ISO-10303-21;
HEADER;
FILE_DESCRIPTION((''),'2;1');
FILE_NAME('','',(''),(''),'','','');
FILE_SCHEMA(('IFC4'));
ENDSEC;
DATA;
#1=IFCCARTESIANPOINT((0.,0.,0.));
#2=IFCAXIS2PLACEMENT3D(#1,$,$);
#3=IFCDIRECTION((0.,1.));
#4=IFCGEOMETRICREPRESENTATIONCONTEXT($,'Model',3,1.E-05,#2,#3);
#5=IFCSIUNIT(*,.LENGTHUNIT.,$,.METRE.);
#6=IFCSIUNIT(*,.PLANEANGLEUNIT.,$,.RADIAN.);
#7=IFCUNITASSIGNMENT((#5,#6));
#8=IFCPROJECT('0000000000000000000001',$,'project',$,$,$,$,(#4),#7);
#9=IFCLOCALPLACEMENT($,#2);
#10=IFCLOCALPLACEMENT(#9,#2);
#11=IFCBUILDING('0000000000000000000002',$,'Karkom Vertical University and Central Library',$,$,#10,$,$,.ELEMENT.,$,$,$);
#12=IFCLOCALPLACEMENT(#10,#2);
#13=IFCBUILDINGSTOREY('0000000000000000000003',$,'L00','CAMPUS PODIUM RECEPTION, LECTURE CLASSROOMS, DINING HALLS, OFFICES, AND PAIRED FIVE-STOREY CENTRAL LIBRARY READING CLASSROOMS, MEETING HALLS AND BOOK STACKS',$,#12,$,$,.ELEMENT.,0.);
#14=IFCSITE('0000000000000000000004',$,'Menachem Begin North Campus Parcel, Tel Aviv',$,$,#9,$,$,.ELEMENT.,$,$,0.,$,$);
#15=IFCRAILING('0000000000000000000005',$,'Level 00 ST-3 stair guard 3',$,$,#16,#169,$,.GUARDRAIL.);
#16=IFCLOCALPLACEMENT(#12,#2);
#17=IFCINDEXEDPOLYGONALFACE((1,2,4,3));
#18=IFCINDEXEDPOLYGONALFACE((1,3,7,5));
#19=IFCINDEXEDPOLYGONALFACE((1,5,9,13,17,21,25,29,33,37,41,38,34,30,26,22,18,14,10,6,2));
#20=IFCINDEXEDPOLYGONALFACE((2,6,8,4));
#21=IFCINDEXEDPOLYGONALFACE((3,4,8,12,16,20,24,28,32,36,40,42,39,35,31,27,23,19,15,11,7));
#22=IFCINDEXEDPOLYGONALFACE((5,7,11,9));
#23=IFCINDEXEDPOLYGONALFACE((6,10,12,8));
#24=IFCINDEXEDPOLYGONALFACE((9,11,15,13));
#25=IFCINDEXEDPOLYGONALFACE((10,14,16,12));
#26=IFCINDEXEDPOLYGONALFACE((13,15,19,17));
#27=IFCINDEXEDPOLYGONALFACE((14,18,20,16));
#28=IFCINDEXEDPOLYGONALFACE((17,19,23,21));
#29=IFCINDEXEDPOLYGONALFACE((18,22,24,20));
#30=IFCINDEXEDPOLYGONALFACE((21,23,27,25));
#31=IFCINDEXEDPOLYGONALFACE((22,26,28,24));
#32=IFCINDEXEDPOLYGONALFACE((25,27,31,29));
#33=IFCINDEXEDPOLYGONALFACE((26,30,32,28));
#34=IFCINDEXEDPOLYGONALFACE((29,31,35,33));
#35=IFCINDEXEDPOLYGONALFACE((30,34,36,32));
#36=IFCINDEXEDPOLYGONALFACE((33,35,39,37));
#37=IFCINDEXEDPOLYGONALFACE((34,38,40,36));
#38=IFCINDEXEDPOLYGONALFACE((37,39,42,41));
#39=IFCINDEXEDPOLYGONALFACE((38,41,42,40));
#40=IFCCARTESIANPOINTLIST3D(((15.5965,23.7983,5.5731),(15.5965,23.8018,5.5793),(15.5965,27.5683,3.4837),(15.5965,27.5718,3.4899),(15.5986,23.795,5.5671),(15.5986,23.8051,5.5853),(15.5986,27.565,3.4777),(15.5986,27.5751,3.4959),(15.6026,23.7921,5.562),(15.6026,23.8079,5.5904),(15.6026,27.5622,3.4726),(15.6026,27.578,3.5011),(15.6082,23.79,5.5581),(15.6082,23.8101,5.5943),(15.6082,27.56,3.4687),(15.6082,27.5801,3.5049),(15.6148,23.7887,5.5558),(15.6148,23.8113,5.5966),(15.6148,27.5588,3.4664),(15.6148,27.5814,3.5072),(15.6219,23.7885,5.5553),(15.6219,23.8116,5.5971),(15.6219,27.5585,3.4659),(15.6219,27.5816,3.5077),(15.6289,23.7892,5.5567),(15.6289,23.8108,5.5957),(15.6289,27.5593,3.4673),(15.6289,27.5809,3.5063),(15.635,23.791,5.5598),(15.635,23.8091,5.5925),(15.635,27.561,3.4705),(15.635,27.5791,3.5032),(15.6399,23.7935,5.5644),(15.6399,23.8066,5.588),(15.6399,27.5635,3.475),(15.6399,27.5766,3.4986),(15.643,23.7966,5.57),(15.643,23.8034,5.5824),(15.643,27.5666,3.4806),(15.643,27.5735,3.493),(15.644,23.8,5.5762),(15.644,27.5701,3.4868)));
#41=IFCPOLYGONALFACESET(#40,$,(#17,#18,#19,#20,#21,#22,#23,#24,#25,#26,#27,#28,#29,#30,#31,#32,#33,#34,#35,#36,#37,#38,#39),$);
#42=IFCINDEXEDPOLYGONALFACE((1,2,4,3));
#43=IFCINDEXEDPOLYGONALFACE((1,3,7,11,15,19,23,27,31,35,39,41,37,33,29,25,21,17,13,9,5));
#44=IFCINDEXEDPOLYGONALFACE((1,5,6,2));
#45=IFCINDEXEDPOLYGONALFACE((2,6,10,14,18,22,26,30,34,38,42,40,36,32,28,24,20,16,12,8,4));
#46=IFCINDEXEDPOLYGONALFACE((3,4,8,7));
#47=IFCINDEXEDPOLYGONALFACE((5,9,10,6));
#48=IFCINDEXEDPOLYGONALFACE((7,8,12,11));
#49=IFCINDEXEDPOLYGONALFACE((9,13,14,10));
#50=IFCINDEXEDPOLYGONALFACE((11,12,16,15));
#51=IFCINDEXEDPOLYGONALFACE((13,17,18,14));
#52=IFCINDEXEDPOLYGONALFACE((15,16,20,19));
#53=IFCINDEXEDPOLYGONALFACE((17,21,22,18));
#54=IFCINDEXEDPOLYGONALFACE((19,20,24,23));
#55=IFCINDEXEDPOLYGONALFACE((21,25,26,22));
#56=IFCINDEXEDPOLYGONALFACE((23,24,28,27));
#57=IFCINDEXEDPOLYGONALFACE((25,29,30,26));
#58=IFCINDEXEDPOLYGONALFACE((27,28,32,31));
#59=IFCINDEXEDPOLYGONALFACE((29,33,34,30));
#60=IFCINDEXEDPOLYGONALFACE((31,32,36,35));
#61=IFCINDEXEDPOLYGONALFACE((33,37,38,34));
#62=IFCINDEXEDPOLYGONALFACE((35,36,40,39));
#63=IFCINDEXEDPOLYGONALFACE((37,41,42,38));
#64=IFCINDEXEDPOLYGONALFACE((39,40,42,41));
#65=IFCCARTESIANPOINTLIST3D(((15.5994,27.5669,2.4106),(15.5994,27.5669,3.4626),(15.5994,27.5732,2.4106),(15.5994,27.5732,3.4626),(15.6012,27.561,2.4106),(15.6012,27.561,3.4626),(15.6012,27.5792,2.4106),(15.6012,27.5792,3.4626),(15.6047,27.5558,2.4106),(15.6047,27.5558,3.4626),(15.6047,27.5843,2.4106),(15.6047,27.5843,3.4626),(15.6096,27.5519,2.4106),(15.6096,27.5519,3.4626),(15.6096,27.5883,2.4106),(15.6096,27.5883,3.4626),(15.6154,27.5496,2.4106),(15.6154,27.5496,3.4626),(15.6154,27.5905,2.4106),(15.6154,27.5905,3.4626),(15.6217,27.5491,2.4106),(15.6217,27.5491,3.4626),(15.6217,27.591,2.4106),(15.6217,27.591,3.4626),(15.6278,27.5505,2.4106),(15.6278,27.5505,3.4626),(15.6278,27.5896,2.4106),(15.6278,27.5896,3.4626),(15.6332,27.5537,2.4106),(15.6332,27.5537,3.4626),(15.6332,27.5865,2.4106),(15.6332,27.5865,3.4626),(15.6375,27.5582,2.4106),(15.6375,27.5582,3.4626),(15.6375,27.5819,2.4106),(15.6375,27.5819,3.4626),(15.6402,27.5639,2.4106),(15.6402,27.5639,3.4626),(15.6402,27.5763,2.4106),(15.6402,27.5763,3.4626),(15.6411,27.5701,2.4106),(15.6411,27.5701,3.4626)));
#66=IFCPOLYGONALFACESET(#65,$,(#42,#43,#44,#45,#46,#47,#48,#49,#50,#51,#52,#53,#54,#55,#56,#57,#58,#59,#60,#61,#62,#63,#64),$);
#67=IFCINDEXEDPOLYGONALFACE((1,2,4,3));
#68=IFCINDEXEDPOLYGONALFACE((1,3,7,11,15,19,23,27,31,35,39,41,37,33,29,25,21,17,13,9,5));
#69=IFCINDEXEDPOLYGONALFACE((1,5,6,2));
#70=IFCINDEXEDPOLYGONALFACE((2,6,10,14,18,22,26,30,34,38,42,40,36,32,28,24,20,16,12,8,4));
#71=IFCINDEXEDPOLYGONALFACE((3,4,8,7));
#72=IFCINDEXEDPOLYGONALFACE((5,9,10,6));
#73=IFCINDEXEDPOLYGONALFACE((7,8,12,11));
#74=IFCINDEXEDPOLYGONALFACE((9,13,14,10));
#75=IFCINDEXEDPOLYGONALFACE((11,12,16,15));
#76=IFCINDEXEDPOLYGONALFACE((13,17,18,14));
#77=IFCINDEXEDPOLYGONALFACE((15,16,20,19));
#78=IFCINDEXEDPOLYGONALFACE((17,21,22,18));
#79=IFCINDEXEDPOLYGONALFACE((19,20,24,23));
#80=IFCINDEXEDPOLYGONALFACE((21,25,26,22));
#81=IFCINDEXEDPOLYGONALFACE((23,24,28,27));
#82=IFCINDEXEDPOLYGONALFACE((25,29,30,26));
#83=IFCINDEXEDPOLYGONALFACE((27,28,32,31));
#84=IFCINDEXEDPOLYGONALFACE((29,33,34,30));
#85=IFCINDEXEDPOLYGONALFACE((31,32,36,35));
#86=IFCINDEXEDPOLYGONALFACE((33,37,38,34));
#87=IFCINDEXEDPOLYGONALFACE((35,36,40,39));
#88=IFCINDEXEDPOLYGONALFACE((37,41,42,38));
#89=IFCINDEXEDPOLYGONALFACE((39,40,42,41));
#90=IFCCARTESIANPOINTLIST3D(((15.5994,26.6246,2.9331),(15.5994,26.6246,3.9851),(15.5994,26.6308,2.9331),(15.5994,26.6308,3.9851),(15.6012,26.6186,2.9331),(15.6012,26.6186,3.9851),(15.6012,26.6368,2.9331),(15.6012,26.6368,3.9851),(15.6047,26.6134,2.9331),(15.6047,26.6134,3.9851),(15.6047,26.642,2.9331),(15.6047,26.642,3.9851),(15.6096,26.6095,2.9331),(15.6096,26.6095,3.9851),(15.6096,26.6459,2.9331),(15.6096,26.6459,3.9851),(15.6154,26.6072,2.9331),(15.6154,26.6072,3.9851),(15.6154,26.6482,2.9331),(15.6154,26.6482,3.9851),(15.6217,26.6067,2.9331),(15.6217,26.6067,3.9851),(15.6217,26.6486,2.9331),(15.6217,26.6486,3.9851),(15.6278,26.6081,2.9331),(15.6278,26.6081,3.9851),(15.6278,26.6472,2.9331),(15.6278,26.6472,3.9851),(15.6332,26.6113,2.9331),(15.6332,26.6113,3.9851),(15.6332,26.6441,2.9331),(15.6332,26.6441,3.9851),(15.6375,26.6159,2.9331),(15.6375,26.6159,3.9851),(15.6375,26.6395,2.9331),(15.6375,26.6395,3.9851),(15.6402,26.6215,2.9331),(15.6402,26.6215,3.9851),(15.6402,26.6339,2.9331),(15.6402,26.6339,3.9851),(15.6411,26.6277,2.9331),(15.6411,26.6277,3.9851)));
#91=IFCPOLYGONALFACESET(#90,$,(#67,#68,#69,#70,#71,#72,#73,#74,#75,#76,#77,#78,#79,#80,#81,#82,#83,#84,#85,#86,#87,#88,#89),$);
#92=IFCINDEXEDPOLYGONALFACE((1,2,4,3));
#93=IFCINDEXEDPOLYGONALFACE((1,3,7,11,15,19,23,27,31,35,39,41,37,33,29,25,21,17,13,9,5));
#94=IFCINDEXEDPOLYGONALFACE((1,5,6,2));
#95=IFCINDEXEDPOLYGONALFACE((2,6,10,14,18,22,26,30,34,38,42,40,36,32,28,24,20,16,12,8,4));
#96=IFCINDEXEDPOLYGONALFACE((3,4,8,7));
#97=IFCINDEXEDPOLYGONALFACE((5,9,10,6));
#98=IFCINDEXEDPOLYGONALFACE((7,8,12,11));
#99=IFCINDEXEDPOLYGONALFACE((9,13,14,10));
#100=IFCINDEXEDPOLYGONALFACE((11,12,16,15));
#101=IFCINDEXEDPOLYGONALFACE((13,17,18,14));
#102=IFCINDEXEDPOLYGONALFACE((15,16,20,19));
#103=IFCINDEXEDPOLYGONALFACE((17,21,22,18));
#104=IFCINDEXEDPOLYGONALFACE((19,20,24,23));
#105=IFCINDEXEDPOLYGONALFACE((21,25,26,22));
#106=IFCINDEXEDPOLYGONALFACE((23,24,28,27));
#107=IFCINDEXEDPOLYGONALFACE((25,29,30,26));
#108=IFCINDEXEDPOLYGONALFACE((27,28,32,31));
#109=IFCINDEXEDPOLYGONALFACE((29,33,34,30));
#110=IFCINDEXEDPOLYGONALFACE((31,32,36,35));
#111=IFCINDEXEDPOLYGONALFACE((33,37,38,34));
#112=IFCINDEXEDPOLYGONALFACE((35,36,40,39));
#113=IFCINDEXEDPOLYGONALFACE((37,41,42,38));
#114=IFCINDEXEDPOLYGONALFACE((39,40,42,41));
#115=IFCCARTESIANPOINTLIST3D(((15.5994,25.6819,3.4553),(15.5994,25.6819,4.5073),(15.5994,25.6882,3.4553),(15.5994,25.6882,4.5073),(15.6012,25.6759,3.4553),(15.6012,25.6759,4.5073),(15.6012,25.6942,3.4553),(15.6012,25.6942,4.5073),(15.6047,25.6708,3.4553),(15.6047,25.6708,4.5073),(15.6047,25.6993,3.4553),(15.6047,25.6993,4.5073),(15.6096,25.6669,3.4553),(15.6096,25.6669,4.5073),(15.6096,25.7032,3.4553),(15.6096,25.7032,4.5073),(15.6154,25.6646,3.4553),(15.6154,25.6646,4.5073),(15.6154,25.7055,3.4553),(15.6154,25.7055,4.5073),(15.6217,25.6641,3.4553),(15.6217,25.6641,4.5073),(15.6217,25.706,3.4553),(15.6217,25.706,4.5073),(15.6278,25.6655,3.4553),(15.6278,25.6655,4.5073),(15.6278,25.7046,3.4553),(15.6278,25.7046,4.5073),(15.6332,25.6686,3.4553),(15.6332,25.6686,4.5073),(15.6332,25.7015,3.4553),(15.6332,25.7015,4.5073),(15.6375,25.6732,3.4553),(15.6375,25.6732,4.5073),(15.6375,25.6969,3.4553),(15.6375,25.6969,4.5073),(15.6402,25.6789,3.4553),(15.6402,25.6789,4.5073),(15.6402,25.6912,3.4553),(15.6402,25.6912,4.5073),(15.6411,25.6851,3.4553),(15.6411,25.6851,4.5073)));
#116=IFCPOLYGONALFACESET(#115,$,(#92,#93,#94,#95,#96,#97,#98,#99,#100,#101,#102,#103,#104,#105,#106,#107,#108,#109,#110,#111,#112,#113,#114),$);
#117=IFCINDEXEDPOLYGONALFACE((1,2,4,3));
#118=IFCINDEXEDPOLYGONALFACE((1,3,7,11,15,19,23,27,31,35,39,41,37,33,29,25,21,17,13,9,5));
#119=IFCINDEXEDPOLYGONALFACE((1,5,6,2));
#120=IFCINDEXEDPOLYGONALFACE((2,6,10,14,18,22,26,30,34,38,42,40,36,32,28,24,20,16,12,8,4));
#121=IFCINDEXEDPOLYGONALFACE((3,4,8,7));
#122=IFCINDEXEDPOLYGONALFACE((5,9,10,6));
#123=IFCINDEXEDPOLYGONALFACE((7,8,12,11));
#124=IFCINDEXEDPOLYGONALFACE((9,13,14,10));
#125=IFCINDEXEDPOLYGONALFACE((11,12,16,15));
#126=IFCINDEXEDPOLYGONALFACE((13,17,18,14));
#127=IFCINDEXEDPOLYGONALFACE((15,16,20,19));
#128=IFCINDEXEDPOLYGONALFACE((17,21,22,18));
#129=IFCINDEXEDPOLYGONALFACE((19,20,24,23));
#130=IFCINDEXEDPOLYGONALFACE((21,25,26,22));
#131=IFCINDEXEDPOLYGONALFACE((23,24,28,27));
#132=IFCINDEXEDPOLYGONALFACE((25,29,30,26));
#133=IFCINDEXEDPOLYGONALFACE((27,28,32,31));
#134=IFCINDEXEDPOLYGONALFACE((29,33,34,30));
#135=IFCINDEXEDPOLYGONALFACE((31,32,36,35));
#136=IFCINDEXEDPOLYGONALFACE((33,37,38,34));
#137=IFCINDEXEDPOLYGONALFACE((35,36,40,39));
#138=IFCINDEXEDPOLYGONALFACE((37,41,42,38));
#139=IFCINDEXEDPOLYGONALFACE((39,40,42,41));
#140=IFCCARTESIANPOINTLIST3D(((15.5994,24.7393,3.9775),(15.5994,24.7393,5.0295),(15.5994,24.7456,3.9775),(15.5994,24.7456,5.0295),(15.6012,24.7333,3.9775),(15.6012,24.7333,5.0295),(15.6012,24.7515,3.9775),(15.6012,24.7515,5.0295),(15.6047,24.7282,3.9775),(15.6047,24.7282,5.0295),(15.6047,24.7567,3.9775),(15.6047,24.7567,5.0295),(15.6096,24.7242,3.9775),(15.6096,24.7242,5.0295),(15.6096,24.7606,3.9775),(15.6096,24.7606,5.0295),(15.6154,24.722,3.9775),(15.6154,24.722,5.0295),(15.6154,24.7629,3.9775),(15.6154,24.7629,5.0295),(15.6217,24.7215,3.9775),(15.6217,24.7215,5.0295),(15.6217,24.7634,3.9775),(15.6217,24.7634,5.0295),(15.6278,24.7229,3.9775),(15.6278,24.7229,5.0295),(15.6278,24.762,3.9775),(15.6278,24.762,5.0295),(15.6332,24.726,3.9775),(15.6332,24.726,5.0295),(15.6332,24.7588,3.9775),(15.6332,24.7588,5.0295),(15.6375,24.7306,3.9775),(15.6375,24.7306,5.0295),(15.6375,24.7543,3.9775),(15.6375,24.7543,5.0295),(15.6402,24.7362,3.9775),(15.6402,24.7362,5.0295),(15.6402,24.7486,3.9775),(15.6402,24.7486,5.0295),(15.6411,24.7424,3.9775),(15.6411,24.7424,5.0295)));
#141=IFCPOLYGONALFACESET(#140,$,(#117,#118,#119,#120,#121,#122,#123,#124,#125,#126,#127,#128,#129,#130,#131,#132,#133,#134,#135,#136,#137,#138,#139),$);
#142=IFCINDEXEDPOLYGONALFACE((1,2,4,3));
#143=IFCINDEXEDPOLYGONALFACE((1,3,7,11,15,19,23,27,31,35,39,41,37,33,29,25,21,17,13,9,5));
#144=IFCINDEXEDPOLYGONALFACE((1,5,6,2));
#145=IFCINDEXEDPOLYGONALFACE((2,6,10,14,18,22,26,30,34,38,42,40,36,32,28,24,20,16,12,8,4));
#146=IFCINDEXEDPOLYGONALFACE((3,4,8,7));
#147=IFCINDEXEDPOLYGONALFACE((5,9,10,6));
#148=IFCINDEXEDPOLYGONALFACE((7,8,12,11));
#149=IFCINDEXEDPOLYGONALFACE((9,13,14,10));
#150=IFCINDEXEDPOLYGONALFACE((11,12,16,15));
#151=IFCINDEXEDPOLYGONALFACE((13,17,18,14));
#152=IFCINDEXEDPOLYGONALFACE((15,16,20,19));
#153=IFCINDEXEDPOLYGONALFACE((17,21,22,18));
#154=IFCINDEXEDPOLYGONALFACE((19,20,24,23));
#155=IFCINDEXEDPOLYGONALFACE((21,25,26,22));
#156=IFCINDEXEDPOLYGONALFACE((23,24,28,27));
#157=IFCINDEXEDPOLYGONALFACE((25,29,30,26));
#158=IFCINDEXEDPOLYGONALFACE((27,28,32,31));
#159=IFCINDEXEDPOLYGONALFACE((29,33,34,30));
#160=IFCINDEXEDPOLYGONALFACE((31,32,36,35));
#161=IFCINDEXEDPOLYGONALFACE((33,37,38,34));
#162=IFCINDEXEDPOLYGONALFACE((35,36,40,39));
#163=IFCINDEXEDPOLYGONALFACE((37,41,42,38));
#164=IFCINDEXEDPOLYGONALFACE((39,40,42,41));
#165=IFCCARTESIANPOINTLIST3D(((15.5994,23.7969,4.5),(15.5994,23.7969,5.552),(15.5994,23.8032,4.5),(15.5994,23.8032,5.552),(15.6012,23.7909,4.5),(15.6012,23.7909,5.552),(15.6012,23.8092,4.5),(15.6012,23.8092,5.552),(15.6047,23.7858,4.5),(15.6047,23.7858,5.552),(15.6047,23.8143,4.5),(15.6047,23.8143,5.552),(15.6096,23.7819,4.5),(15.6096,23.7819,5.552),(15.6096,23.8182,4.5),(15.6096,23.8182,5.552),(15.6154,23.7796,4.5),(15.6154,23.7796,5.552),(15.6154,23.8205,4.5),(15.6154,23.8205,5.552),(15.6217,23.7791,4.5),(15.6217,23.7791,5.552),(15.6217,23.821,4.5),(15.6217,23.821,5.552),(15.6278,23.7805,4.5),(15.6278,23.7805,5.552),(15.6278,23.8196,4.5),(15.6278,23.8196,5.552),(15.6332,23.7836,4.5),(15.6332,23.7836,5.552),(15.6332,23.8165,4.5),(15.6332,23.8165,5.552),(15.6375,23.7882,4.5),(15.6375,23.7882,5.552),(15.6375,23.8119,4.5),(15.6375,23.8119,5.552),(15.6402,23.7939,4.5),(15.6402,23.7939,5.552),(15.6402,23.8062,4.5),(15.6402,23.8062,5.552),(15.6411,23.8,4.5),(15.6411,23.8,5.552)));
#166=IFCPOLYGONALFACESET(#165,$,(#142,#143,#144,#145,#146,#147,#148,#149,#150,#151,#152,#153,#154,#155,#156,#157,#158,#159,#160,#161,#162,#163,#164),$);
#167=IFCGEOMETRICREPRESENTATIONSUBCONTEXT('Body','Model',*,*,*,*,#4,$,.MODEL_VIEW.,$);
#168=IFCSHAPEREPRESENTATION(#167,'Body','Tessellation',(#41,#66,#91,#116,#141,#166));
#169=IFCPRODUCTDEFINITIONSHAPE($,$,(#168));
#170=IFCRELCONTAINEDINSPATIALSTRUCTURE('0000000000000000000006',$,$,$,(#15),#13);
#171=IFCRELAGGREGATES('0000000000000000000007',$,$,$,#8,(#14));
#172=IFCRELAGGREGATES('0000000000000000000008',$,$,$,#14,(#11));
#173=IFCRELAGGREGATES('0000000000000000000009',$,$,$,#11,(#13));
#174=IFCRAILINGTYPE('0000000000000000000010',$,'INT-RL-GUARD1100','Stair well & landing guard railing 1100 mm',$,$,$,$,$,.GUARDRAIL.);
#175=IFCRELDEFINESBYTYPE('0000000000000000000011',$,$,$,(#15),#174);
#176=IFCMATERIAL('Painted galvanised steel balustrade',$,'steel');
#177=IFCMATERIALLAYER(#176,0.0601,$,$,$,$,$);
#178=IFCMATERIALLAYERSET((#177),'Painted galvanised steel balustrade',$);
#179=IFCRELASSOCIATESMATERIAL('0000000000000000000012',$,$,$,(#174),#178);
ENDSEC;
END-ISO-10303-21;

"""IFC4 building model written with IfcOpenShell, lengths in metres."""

from ifc_helpers import new_model, si_unit, direction, frame, origin, origin_2d, place, context, subcontext, project, spatial, circle, extrude, material, layer, layer_set, type_object, element, save


model = new_model("IFC4")

# Units and contexts
model_context = context("Model", 3, precision=1e-05, world=origin(), true_north=direction((0.0, 1.0)))
body_context = subcontext(model_context, "Body", "Model", "MODEL_VIEW")
ifc_project = project(units=[si_unit("LENGTHUNIT", "METRE"), si_unit("PLANEANGLEUNIT", "RADIAN")], contexts=[model_context])

# Site, building, storey
site_placement = place(None, origin())
site = spatial("IfcSite", under=ifc_project, at=site_placement, Name="Menachem Begin North Campus Parcel, Tel Aviv", CompositionType="ELEMENT", RefElevation=0.0)
building_placement = place(site_placement, origin())
building = spatial("IfcBuilding", under=site, at=building_placement, Name="Karkom Vertical University and Central Library", CompositionType="ELEMENT")
storey_placement = place(building_placement, origin())
storey = spatial("IfcBuildingStorey", under=building, at=storey_placement, Name="L00", Description="CAMPUS PODIUM RECEPTION, LECTURE CLASSROOMS, DINING HALLS, OFFICES, AND PAIRED FIVE-STOREY CENTRAL LIBRARY READING CLASSROOMS, MEETING HALLS AND BOOK STACKS", CompositionType="ELEMENT", Elevation=0.0)

# Railing
ifc_material_1 = material(Name="Painted galvanised steel balustrade", Category="steel")
ifc_layer_1 = layer(ifc_material_1, 0.0601)
ifc_layer_set_1 = layer_set([ifc_layer_1], Name="Painted galvanised steel balustrade")
railing_type_1 = type_object("IfcRailingType", Name="INT-RL-GUARD1100", Description="Stair well & landing guard railing 1100 mm", PredefinedType="GUARDRAIL", material=ifc_layer_set_1)
railing_1_placement = place(storey_placement, frame((15.6201, 27.5701, 2.4106)))
element("IfcRailing", 1, at=railing_1_placement, inside=storey, type_object=railing_type_1, Name="Level 00 ST-3 stair guard 3", PredefinedType="GUARDRAIL", context=body_context, shape_type="SweptSolid", body=[
    extrude(circle(Radius=0.0239, at=origin_2d()), frame((0.0, 0.0, 1.0762), z_axis=(0.0, -0.874659, 0.484739), x_axis=(1.0, 0.0, 0.0)), (0.0, 0.0, 1.0), 4.3103),
    extrude(circle(Radius=0.021, at=origin_2d()), origin(), (0.0, 0.0, 1.0), 1.052),
    extrude(circle(Radius=0.021, at=origin_2d()), frame((0.0, -0.9424, 0.5225)), (0.0, 0.0, 1.0), 1.052),
    extrude(circle(Radius=0.021, at=origin_2d()), frame((0.0, -1.885, 1.0447)), (0.0, 0.0, 1.0), 1.052),
    extrude(circle(Radius=0.021, at=origin_2d()), frame((0.0, -2.8276, 1.5669)), (0.0, 0.0, 1.0), 1.052),
    extrude(circle(Radius=0.021, at=origin_2d()), frame((0.0, -3.77, 2.0894)), (0.0, 0.0, 1.0), 1.052),
])

save(model, "model.ifc")
